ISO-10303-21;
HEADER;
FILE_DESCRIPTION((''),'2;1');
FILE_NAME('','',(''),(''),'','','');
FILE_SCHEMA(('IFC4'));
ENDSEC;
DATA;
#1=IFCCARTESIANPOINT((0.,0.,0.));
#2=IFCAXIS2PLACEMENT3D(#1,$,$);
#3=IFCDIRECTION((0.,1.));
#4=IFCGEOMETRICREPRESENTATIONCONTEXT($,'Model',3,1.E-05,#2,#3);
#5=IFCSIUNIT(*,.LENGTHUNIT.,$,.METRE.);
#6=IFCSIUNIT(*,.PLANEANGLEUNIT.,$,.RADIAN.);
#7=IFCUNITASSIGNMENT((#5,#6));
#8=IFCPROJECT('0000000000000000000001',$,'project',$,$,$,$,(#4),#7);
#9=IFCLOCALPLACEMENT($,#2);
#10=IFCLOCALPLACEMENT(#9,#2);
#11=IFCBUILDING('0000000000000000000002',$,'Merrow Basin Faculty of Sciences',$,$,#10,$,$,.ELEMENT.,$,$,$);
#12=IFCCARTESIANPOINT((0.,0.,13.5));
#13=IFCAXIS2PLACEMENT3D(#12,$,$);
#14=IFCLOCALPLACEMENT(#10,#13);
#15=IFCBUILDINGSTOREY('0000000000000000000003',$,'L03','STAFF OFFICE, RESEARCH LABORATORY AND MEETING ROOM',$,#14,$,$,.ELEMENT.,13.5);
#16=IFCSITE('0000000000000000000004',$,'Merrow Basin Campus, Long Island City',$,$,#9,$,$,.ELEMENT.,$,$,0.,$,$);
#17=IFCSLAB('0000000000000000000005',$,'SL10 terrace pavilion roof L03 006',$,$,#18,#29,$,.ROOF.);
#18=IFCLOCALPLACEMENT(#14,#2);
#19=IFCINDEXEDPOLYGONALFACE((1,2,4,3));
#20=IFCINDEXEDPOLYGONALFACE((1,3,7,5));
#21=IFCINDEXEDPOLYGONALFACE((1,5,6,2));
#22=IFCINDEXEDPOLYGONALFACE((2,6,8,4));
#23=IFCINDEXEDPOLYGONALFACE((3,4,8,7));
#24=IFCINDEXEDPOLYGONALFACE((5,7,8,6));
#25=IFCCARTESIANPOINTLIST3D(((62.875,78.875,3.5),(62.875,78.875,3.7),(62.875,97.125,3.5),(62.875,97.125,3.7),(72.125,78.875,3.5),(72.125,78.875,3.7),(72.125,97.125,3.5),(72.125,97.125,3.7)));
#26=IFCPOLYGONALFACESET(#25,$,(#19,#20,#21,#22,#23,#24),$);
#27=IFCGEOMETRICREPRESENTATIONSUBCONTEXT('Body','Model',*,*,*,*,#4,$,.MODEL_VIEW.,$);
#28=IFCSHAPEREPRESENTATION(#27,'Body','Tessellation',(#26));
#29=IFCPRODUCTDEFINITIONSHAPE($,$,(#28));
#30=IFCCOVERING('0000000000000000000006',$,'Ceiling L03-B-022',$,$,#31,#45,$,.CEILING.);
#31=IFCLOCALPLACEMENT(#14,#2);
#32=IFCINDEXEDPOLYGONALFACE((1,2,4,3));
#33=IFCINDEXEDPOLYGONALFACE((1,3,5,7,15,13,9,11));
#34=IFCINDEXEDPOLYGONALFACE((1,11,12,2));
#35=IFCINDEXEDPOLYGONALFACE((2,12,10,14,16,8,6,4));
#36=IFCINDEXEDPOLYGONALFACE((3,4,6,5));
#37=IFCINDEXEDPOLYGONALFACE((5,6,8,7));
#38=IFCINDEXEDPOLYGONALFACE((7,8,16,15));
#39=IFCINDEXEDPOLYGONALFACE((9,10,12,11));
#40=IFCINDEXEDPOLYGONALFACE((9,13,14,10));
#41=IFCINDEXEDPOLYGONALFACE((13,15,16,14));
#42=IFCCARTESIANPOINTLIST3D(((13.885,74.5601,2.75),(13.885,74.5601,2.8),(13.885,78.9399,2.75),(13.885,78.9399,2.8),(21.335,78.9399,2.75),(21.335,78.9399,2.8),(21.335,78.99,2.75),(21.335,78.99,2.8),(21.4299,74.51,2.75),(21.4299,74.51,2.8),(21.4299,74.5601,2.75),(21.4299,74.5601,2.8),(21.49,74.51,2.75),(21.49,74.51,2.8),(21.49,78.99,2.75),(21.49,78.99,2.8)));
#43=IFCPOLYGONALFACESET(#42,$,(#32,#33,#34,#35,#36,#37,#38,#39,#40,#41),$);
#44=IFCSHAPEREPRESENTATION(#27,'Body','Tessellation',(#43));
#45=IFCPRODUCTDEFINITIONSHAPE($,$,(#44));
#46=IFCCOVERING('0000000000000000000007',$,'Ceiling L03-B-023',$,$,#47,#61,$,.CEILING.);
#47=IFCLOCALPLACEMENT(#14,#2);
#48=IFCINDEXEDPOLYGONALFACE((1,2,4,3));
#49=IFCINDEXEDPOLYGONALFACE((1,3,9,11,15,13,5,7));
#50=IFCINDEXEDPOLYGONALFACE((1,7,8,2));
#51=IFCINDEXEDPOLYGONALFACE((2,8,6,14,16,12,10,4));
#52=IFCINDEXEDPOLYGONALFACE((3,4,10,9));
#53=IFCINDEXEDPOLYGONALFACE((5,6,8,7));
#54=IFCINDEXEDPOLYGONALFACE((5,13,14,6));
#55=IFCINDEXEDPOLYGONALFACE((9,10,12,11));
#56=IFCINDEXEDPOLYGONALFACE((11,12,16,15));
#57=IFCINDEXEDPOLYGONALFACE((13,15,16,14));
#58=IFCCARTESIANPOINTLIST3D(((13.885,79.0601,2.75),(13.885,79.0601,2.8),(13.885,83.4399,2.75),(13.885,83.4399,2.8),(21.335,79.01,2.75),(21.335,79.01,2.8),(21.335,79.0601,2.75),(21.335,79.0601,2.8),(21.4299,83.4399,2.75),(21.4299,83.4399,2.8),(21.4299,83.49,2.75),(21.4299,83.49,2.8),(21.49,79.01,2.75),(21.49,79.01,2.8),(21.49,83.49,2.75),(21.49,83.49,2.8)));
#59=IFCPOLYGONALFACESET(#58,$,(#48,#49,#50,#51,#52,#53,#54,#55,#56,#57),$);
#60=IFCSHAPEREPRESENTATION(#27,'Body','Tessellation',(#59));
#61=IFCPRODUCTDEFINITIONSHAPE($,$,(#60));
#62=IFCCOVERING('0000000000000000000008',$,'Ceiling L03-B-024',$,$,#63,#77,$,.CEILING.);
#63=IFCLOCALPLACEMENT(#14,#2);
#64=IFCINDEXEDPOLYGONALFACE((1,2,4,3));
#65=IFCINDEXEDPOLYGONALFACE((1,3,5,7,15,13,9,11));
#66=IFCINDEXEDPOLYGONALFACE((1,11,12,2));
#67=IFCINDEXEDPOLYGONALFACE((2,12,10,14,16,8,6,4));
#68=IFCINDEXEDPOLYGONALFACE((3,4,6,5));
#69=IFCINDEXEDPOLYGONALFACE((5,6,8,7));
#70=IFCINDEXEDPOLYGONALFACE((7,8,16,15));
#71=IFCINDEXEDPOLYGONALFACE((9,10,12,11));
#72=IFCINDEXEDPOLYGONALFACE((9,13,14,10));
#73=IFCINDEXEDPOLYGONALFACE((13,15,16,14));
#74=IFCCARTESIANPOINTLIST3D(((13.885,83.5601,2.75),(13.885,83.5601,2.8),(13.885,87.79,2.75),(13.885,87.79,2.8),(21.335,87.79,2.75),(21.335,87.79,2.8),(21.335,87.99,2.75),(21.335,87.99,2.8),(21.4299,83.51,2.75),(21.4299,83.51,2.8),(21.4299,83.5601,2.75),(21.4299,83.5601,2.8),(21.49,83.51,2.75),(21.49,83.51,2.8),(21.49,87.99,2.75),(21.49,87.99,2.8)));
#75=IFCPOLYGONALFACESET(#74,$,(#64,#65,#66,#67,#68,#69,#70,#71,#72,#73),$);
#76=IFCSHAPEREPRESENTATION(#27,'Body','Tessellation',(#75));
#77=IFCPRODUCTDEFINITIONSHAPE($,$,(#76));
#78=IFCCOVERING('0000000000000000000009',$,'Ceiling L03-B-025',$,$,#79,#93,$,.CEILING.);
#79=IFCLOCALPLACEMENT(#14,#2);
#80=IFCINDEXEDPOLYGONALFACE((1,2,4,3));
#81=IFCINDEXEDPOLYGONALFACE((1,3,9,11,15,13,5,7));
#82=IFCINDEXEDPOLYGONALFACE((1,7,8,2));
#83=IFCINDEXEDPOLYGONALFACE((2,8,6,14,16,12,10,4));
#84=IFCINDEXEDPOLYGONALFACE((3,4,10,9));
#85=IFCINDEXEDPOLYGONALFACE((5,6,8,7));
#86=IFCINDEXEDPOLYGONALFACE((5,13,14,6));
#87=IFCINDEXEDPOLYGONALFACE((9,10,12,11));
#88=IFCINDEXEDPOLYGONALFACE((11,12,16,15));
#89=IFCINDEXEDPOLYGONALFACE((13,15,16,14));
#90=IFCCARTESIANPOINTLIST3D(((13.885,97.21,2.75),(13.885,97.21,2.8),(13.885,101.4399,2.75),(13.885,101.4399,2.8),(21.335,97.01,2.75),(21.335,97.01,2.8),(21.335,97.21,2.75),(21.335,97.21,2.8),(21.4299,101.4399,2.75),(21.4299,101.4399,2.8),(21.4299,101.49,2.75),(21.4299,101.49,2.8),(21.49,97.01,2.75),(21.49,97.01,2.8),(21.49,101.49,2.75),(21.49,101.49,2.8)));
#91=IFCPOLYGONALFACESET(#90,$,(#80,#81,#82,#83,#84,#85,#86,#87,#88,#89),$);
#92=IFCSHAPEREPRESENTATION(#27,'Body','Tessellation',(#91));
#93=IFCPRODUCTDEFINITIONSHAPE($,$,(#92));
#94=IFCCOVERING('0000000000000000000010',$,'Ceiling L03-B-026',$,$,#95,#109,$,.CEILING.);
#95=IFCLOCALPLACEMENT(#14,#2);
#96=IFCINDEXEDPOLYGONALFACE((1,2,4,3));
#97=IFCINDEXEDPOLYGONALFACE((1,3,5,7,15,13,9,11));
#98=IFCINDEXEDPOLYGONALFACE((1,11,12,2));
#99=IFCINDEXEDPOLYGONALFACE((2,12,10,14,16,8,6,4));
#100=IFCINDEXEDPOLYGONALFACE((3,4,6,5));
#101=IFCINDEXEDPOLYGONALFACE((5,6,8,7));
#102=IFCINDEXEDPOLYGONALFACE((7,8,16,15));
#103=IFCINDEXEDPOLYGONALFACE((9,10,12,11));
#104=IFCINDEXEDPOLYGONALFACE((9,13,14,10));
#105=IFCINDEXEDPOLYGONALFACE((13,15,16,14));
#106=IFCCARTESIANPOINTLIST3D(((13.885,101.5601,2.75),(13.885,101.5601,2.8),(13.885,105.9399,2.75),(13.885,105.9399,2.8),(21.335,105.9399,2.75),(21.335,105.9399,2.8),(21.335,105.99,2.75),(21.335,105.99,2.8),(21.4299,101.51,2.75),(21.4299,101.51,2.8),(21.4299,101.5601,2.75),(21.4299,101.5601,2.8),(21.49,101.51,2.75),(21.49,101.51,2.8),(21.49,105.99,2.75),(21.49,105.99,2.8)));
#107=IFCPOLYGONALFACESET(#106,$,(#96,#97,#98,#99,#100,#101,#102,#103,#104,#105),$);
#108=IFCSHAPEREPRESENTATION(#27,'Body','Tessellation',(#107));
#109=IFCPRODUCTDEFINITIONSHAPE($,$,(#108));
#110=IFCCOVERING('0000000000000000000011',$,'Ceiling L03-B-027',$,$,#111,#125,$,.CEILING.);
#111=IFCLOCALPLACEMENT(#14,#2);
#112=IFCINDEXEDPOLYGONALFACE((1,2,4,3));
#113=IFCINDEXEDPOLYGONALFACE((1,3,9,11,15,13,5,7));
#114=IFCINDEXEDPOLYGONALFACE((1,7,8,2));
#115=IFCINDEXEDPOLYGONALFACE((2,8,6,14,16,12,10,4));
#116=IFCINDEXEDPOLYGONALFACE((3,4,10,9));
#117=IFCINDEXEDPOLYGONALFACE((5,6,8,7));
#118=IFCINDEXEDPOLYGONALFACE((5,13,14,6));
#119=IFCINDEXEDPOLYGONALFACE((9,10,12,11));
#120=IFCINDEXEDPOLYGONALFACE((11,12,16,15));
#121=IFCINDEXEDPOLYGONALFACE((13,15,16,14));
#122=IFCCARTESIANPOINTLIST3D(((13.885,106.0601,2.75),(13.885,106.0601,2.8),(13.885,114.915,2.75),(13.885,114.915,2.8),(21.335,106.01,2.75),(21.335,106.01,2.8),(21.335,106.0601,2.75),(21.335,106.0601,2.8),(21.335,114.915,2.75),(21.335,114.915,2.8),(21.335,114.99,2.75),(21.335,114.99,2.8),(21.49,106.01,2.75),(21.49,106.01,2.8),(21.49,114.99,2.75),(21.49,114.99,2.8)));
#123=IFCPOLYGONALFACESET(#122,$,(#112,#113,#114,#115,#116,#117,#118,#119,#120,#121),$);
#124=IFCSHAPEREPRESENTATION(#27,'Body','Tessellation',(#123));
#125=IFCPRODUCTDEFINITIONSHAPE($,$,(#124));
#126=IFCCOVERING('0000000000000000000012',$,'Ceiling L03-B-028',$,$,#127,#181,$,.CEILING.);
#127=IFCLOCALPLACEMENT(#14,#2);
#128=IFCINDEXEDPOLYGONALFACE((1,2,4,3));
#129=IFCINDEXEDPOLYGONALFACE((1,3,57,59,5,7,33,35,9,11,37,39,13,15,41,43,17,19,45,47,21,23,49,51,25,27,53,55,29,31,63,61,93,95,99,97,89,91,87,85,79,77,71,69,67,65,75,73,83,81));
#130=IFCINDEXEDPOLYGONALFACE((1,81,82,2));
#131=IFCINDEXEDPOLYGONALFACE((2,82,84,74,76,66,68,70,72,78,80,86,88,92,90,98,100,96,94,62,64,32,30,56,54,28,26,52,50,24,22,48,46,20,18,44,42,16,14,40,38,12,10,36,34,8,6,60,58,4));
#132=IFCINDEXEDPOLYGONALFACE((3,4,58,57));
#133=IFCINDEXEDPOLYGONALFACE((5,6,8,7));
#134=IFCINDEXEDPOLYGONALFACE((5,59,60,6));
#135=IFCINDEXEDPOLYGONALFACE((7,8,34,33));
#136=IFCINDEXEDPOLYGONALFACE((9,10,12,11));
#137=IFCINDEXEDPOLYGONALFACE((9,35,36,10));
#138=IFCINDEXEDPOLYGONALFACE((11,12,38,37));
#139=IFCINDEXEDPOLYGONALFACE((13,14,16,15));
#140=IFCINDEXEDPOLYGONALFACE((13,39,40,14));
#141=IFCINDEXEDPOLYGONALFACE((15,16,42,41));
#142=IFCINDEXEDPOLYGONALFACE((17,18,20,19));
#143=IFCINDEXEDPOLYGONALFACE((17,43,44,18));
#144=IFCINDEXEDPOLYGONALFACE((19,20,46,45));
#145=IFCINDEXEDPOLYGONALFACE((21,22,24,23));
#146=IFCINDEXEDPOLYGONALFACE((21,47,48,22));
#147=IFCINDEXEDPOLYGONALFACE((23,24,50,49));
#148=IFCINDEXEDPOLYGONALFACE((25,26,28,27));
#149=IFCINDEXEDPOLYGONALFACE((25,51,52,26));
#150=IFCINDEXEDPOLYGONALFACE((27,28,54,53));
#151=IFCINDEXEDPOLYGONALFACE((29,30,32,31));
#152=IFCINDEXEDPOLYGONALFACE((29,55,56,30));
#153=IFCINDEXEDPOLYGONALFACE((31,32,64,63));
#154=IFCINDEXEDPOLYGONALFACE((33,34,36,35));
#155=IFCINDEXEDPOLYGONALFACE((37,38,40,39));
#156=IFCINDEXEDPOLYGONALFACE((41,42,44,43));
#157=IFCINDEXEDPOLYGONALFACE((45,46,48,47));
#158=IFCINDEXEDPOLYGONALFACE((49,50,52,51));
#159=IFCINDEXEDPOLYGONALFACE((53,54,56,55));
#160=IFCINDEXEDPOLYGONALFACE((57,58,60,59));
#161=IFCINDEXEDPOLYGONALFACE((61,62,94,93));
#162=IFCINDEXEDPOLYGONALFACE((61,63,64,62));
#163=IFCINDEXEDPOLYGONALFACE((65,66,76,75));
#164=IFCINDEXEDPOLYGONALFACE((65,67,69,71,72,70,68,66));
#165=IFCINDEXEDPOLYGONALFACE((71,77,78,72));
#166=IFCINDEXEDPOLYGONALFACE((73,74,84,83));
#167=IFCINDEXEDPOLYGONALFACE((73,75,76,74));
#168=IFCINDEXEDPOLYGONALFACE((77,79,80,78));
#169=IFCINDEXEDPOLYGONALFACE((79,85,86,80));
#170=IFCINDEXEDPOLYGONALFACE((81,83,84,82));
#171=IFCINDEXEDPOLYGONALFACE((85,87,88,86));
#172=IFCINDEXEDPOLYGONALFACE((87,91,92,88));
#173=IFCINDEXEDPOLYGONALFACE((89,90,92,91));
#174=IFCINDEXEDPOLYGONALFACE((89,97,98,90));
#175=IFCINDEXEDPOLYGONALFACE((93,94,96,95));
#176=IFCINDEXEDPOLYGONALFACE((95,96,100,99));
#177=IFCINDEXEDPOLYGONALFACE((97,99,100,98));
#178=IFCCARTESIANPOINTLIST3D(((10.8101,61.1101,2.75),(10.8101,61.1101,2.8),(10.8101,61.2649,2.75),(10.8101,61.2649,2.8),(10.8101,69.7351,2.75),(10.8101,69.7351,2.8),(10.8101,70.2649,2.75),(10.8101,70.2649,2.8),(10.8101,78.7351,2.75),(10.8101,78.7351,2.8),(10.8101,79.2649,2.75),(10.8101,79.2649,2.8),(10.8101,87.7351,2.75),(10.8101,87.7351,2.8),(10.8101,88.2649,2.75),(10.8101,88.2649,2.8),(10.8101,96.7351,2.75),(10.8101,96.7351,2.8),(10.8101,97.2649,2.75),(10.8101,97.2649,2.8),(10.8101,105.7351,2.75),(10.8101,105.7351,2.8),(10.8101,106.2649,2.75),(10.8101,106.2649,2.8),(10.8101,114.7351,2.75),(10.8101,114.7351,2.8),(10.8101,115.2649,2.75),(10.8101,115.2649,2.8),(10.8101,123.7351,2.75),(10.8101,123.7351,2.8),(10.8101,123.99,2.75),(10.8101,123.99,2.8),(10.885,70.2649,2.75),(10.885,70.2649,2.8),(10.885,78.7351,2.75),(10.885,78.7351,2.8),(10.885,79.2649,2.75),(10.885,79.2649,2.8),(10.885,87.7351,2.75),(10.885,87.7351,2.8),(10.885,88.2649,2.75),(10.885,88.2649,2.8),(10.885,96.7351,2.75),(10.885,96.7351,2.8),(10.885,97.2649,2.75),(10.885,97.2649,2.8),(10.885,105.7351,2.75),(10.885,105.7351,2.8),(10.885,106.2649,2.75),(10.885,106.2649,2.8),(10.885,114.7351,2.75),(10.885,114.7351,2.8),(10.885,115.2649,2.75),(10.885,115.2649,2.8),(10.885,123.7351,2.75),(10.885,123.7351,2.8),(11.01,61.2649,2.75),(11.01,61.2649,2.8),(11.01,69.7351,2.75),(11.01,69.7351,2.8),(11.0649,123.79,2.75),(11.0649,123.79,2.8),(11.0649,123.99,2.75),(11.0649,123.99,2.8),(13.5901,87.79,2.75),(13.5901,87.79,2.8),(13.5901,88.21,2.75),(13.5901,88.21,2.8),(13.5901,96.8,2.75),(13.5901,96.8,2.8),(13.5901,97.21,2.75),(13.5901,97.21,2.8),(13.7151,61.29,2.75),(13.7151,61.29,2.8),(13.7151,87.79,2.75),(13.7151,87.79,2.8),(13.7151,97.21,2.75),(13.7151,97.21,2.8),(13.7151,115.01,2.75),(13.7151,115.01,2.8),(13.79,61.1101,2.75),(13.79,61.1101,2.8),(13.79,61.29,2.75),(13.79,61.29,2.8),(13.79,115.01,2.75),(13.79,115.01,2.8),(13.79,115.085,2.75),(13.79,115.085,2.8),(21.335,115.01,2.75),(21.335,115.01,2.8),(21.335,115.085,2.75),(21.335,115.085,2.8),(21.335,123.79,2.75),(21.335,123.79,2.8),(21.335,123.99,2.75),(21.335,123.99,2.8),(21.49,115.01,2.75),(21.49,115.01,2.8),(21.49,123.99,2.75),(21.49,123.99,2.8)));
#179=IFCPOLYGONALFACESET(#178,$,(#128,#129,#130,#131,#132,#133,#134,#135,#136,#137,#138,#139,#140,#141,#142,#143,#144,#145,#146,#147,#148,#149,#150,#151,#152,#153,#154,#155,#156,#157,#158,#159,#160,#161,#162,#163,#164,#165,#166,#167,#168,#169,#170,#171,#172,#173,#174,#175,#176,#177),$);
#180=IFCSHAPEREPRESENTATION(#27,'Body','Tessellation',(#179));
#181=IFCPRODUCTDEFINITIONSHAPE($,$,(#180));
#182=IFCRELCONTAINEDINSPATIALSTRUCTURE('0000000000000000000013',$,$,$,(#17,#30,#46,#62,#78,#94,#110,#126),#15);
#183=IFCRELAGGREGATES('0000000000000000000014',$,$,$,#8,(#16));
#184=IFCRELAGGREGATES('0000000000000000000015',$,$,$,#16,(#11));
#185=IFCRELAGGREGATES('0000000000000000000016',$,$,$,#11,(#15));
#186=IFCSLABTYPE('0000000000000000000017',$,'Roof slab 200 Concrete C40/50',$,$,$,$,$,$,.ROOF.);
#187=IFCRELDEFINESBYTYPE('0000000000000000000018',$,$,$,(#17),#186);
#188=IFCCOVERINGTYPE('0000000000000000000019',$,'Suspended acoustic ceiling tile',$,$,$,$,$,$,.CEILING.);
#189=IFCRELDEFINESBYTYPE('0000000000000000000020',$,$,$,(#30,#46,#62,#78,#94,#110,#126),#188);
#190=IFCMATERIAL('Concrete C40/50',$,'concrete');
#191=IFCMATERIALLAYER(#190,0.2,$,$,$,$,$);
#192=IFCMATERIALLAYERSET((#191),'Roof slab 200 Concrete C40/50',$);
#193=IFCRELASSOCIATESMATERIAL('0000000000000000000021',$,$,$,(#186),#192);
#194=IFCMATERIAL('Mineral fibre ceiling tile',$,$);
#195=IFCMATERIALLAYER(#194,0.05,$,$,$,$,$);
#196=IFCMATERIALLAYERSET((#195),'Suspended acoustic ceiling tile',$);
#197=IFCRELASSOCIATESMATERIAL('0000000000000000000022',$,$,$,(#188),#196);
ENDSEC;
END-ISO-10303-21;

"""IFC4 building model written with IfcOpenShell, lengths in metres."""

from ifc_helpers import new_model, si_unit, direction, frame, origin, place, context, subcontext, project, spatial, polyline, outline, extrude, material, layer, layer_set, type_object, element, save


model = new_model("IFC4")

# Units and contexts
model_context = context("Model", 3, precision=1e-05, world=origin(), true_north=direction((0.0, 1.0)))
body_context = subcontext(model_context, "Body", "Model", "MODEL_VIEW")
ifc_project = project(units=[si_unit("LENGTHUNIT", "METRE"), si_unit("PLANEANGLEUNIT", "RADIAN")], contexts=[model_context])

# Site, building, storey
site_placement = place(None, origin())
site = spatial("IfcSite", under=ifc_project, at=site_placement, Name="Merrow Basin Campus, Long Island City", CompositionType="ELEMENT", RefElevation=0.0)
building_placement = place(site_placement, origin())
building = spatial("IfcBuilding", under=site, at=building_placement, Name="Merrow Basin Faculty of Sciences", CompositionType="ELEMENT")
storey_placement = place(building_placement, frame((0.0, 0.0, 13.5)))
storey = spatial("IfcBuildingStorey", under=building, at=storey_placement, Name="L03", Description="STAFF OFFICE, RESEARCH LABORATORY AND MEETING ROOM", CompositionType="ELEMENT", Elevation=13.5)

# Slab
ifc_material_1 = material(Name="Concrete C40/50", Category="concrete")
ifc_layer_1 = layer(ifc_material_1, 0.2)
ifc_layer_set_1 = layer_set([ifc_layer_1], Name="Roof slab 200 Concrete C40/50")
slab_type = type_object("IfcSlabType", Name="Roof slab 200 Concrete C40/50", PredefinedType="ROOF", material=ifc_layer_set_1)
slab_placement = place(storey_placement, frame((0.0, 0.0, 3.5)))
element("IfcSlab", 1, at=slab_placement, inside=storey, type_object=slab_type, Name="SL10 terrace pavilion roof L03 006", PredefinedType="ROOF", context=body_context, shape_type="SweptSolid", body=[
    extrude(outline(polyline([(62.875, 97.125), (72.125, 97.125), (72.125, 78.875), (62.875, 78.875), (62.875, 97.125)])), origin(), (0.0, 0.0, 1.0), 0.2),
])

# Coverings
ifc_material_2 = material(Name="Mineral fibre ceiling tile")
ifc_layer_2 = layer(ifc_material_2, 0.05)
ifc_layer_set_2 = layer_set([ifc_layer_2], Name="Suspended acoustic ceiling tile")
covering_type = type_object("IfcCoveringType", Name="Suspended acoustic ceiling tile", PredefinedType="CEILING", material=ifc_layer_set_2)
covering_1_placement = place(storey_placement, frame((0.0, 0.0, 2.75)))
element("IfcCovering", 2, at=covering_1_placement, inside=storey, type_object=covering_type, Name="Ceiling L03-B-022", PredefinedType="CEILING", context=body_context, shape_type="SweptSolid", body=[
    extrude(outline(polyline([(21.49, 78.99), (21.49, 74.51), (21.4299, 74.51), (21.4299, 74.5601), (13.885, 74.5601), (13.885, 78.9399), (21.335, 78.9399), (21.335, 78.99), (21.49, 78.99)])), origin(), (0.0, 0.0, 1.0), 0.05),
])
covering_2_placement = place(storey_placement, frame((0.0, 0.0, 2.75)))
element("IfcCovering", 3, at=covering_2_placement, inside=storey, type_object=covering_type, Name="Ceiling L03-B-023", PredefinedType="CEILING", context=body_context, shape_type="SweptSolid", body=[
    extrude(outline(polyline([(21.49, 83.49), (21.49, 79.01), (21.335, 79.01), (21.335, 79.0601), (13.885, 79.0601), (13.885, 83.4399), (21.4299, 83.4399), (21.4299, 83.49), (21.49, 83.49)])), origin(), (0.0, 0.0, 1.0), 0.05),
])
covering_3_placement = place(storey_placement, frame((0.0, 0.0, 2.75)))
element("IfcCovering", 4, at=covering_3_placement, inside=storey, type_object=covering_type, Name="Ceiling L03-B-024", PredefinedType="CEILING", context=body_context, shape_type="SweptSolid", body=[
    extrude(outline(polyline([(21.49, 87.99), (21.49, 83.51), (21.4299, 83.51), (21.4299, 83.5601), (13.885, 83.5601), (13.885, 87.79), (21.335, 87.79), (21.335, 87.99), (21.49, 87.99)])), origin(), (0.0, 0.0, 1.0), 0.05),
])
covering_4_placement = place(storey_placement, frame((0.0, 0.0, 2.75)))
element("IfcCovering", 5, at=covering_4_placement, inside=storey, type_object=covering_type, Name="Ceiling L03-B-025", PredefinedType="CEILING", context=body_context, shape_type="SweptSolid", body=[
    extrude(outline(polyline([(21.49, 101.49), (21.49, 97.01), (21.335, 97.01), (21.335, 97.21), (13.885, 97.21), (13.885, 101.4399), (21.4299, 101.4399), (21.4299, 101.49), (21.49, 101.49)])), origin(), (0.0, 0.0, 1.0), 0.05),
])
covering_5_placement = place(storey_placement, frame((0.0, 0.0, 2.75)))
element("IfcCovering", 6, at=covering_5_placement, inside=storey, type_object=covering_type, Name="Ceiling L03-B-026", PredefinedType="CEILING", context=body_context, shape_type="SweptSolid", body=[
    extrude(outline(polyline([(21.49, 105.99), (21.49, 101.51), (21.4299, 101.51), (21.4299, 101.5601), (13.885, 101.5601), (13.885, 105.9399), (21.335, 105.9399), (21.335, 105.99), (21.49, 105.99)])), origin(), (0.0, 0.0, 1.0), 0.05),
])
covering_6_placement = place(storey_placement, frame((0.0, 0.0, 2.75)))
element("IfcCovering", 7, at=covering_6_placement, inside=storey, type_object=covering_type, Name="Ceiling L03-B-027", PredefinedType="CEILING", context=body_context, shape_type="SweptSolid", body=[
    extrude(outline(polyline([(21.49, 114.99), (21.49, 106.01), (21.335, 106.01), (21.335, 106.0601), (13.885, 106.0601), (13.885, 114.915), (21.335, 114.915), (21.335, 114.99), (21.49, 114.99)])), origin(), (0.0, 0.0, 1.0), 0.05),
])
covering_7_placement = place(storey_placement, frame((0.0, 0.0, 2.75)))
element("IfcCovering", 8, at=covering_7_placement, inside=storey, type_object=covering_type, Name="Ceiling L03-B-028", PredefinedType="CEILING", context=body_context, shape_type="SweptSolid", body=[
    extrude(outline(polyline([(11.0649, 123.99), (11.0649, 123.79), (21.335, 123.79), (21.335, 123.99), (21.49, 123.99), (21.49, 115.01), (21.335, 115.01), (21.335, 115.085), (13.79, 115.085), (13.79, 115.01), (13.7151, 115.01), (13.7151, 97.21), (13.5901, 97.21), (13.5901, 96.8), (13.5901, 88.21), (13.5901, 87.79), (13.7151, 87.79), (13.7151, 61.29), (13.79, 61.29), (13.79, 61.1101), (10.8101, 61.1101), (10.8101, 61.2649), (11.01, 61.2649), (11.01, 69.7351), (10.8101, 69.7351), (10.8101, 70.2649), (10.885, 70.2649), (10.885, 78.7351), (10.8101, 78.7351), (10.8101, 79.2649), (10.885, 79.2649), (10.885, 87.7351), (10.8101, 87.7351), (10.8101, 88.2649), (10.885, 88.2649), (10.885, 96.7351), (10.8101, 96.7351), (10.8101, 97.2649), (10.885, 97.2649), (10.885, 105.7351), (10.8101, 105.7351), (10.8101, 106.2649), (10.885, 106.2649), (10.885, 114.7351), (10.8101, 114.7351), (10.8101, 115.2649), (10.885, 115.2649), (10.885, 123.7351), (10.8101, 123.7351), (10.8101, 123.99), (11.0649, 123.99)])), origin(), (0.0, 0.0, 1.0), 0.05),
])

save(model, "model.ifc")
